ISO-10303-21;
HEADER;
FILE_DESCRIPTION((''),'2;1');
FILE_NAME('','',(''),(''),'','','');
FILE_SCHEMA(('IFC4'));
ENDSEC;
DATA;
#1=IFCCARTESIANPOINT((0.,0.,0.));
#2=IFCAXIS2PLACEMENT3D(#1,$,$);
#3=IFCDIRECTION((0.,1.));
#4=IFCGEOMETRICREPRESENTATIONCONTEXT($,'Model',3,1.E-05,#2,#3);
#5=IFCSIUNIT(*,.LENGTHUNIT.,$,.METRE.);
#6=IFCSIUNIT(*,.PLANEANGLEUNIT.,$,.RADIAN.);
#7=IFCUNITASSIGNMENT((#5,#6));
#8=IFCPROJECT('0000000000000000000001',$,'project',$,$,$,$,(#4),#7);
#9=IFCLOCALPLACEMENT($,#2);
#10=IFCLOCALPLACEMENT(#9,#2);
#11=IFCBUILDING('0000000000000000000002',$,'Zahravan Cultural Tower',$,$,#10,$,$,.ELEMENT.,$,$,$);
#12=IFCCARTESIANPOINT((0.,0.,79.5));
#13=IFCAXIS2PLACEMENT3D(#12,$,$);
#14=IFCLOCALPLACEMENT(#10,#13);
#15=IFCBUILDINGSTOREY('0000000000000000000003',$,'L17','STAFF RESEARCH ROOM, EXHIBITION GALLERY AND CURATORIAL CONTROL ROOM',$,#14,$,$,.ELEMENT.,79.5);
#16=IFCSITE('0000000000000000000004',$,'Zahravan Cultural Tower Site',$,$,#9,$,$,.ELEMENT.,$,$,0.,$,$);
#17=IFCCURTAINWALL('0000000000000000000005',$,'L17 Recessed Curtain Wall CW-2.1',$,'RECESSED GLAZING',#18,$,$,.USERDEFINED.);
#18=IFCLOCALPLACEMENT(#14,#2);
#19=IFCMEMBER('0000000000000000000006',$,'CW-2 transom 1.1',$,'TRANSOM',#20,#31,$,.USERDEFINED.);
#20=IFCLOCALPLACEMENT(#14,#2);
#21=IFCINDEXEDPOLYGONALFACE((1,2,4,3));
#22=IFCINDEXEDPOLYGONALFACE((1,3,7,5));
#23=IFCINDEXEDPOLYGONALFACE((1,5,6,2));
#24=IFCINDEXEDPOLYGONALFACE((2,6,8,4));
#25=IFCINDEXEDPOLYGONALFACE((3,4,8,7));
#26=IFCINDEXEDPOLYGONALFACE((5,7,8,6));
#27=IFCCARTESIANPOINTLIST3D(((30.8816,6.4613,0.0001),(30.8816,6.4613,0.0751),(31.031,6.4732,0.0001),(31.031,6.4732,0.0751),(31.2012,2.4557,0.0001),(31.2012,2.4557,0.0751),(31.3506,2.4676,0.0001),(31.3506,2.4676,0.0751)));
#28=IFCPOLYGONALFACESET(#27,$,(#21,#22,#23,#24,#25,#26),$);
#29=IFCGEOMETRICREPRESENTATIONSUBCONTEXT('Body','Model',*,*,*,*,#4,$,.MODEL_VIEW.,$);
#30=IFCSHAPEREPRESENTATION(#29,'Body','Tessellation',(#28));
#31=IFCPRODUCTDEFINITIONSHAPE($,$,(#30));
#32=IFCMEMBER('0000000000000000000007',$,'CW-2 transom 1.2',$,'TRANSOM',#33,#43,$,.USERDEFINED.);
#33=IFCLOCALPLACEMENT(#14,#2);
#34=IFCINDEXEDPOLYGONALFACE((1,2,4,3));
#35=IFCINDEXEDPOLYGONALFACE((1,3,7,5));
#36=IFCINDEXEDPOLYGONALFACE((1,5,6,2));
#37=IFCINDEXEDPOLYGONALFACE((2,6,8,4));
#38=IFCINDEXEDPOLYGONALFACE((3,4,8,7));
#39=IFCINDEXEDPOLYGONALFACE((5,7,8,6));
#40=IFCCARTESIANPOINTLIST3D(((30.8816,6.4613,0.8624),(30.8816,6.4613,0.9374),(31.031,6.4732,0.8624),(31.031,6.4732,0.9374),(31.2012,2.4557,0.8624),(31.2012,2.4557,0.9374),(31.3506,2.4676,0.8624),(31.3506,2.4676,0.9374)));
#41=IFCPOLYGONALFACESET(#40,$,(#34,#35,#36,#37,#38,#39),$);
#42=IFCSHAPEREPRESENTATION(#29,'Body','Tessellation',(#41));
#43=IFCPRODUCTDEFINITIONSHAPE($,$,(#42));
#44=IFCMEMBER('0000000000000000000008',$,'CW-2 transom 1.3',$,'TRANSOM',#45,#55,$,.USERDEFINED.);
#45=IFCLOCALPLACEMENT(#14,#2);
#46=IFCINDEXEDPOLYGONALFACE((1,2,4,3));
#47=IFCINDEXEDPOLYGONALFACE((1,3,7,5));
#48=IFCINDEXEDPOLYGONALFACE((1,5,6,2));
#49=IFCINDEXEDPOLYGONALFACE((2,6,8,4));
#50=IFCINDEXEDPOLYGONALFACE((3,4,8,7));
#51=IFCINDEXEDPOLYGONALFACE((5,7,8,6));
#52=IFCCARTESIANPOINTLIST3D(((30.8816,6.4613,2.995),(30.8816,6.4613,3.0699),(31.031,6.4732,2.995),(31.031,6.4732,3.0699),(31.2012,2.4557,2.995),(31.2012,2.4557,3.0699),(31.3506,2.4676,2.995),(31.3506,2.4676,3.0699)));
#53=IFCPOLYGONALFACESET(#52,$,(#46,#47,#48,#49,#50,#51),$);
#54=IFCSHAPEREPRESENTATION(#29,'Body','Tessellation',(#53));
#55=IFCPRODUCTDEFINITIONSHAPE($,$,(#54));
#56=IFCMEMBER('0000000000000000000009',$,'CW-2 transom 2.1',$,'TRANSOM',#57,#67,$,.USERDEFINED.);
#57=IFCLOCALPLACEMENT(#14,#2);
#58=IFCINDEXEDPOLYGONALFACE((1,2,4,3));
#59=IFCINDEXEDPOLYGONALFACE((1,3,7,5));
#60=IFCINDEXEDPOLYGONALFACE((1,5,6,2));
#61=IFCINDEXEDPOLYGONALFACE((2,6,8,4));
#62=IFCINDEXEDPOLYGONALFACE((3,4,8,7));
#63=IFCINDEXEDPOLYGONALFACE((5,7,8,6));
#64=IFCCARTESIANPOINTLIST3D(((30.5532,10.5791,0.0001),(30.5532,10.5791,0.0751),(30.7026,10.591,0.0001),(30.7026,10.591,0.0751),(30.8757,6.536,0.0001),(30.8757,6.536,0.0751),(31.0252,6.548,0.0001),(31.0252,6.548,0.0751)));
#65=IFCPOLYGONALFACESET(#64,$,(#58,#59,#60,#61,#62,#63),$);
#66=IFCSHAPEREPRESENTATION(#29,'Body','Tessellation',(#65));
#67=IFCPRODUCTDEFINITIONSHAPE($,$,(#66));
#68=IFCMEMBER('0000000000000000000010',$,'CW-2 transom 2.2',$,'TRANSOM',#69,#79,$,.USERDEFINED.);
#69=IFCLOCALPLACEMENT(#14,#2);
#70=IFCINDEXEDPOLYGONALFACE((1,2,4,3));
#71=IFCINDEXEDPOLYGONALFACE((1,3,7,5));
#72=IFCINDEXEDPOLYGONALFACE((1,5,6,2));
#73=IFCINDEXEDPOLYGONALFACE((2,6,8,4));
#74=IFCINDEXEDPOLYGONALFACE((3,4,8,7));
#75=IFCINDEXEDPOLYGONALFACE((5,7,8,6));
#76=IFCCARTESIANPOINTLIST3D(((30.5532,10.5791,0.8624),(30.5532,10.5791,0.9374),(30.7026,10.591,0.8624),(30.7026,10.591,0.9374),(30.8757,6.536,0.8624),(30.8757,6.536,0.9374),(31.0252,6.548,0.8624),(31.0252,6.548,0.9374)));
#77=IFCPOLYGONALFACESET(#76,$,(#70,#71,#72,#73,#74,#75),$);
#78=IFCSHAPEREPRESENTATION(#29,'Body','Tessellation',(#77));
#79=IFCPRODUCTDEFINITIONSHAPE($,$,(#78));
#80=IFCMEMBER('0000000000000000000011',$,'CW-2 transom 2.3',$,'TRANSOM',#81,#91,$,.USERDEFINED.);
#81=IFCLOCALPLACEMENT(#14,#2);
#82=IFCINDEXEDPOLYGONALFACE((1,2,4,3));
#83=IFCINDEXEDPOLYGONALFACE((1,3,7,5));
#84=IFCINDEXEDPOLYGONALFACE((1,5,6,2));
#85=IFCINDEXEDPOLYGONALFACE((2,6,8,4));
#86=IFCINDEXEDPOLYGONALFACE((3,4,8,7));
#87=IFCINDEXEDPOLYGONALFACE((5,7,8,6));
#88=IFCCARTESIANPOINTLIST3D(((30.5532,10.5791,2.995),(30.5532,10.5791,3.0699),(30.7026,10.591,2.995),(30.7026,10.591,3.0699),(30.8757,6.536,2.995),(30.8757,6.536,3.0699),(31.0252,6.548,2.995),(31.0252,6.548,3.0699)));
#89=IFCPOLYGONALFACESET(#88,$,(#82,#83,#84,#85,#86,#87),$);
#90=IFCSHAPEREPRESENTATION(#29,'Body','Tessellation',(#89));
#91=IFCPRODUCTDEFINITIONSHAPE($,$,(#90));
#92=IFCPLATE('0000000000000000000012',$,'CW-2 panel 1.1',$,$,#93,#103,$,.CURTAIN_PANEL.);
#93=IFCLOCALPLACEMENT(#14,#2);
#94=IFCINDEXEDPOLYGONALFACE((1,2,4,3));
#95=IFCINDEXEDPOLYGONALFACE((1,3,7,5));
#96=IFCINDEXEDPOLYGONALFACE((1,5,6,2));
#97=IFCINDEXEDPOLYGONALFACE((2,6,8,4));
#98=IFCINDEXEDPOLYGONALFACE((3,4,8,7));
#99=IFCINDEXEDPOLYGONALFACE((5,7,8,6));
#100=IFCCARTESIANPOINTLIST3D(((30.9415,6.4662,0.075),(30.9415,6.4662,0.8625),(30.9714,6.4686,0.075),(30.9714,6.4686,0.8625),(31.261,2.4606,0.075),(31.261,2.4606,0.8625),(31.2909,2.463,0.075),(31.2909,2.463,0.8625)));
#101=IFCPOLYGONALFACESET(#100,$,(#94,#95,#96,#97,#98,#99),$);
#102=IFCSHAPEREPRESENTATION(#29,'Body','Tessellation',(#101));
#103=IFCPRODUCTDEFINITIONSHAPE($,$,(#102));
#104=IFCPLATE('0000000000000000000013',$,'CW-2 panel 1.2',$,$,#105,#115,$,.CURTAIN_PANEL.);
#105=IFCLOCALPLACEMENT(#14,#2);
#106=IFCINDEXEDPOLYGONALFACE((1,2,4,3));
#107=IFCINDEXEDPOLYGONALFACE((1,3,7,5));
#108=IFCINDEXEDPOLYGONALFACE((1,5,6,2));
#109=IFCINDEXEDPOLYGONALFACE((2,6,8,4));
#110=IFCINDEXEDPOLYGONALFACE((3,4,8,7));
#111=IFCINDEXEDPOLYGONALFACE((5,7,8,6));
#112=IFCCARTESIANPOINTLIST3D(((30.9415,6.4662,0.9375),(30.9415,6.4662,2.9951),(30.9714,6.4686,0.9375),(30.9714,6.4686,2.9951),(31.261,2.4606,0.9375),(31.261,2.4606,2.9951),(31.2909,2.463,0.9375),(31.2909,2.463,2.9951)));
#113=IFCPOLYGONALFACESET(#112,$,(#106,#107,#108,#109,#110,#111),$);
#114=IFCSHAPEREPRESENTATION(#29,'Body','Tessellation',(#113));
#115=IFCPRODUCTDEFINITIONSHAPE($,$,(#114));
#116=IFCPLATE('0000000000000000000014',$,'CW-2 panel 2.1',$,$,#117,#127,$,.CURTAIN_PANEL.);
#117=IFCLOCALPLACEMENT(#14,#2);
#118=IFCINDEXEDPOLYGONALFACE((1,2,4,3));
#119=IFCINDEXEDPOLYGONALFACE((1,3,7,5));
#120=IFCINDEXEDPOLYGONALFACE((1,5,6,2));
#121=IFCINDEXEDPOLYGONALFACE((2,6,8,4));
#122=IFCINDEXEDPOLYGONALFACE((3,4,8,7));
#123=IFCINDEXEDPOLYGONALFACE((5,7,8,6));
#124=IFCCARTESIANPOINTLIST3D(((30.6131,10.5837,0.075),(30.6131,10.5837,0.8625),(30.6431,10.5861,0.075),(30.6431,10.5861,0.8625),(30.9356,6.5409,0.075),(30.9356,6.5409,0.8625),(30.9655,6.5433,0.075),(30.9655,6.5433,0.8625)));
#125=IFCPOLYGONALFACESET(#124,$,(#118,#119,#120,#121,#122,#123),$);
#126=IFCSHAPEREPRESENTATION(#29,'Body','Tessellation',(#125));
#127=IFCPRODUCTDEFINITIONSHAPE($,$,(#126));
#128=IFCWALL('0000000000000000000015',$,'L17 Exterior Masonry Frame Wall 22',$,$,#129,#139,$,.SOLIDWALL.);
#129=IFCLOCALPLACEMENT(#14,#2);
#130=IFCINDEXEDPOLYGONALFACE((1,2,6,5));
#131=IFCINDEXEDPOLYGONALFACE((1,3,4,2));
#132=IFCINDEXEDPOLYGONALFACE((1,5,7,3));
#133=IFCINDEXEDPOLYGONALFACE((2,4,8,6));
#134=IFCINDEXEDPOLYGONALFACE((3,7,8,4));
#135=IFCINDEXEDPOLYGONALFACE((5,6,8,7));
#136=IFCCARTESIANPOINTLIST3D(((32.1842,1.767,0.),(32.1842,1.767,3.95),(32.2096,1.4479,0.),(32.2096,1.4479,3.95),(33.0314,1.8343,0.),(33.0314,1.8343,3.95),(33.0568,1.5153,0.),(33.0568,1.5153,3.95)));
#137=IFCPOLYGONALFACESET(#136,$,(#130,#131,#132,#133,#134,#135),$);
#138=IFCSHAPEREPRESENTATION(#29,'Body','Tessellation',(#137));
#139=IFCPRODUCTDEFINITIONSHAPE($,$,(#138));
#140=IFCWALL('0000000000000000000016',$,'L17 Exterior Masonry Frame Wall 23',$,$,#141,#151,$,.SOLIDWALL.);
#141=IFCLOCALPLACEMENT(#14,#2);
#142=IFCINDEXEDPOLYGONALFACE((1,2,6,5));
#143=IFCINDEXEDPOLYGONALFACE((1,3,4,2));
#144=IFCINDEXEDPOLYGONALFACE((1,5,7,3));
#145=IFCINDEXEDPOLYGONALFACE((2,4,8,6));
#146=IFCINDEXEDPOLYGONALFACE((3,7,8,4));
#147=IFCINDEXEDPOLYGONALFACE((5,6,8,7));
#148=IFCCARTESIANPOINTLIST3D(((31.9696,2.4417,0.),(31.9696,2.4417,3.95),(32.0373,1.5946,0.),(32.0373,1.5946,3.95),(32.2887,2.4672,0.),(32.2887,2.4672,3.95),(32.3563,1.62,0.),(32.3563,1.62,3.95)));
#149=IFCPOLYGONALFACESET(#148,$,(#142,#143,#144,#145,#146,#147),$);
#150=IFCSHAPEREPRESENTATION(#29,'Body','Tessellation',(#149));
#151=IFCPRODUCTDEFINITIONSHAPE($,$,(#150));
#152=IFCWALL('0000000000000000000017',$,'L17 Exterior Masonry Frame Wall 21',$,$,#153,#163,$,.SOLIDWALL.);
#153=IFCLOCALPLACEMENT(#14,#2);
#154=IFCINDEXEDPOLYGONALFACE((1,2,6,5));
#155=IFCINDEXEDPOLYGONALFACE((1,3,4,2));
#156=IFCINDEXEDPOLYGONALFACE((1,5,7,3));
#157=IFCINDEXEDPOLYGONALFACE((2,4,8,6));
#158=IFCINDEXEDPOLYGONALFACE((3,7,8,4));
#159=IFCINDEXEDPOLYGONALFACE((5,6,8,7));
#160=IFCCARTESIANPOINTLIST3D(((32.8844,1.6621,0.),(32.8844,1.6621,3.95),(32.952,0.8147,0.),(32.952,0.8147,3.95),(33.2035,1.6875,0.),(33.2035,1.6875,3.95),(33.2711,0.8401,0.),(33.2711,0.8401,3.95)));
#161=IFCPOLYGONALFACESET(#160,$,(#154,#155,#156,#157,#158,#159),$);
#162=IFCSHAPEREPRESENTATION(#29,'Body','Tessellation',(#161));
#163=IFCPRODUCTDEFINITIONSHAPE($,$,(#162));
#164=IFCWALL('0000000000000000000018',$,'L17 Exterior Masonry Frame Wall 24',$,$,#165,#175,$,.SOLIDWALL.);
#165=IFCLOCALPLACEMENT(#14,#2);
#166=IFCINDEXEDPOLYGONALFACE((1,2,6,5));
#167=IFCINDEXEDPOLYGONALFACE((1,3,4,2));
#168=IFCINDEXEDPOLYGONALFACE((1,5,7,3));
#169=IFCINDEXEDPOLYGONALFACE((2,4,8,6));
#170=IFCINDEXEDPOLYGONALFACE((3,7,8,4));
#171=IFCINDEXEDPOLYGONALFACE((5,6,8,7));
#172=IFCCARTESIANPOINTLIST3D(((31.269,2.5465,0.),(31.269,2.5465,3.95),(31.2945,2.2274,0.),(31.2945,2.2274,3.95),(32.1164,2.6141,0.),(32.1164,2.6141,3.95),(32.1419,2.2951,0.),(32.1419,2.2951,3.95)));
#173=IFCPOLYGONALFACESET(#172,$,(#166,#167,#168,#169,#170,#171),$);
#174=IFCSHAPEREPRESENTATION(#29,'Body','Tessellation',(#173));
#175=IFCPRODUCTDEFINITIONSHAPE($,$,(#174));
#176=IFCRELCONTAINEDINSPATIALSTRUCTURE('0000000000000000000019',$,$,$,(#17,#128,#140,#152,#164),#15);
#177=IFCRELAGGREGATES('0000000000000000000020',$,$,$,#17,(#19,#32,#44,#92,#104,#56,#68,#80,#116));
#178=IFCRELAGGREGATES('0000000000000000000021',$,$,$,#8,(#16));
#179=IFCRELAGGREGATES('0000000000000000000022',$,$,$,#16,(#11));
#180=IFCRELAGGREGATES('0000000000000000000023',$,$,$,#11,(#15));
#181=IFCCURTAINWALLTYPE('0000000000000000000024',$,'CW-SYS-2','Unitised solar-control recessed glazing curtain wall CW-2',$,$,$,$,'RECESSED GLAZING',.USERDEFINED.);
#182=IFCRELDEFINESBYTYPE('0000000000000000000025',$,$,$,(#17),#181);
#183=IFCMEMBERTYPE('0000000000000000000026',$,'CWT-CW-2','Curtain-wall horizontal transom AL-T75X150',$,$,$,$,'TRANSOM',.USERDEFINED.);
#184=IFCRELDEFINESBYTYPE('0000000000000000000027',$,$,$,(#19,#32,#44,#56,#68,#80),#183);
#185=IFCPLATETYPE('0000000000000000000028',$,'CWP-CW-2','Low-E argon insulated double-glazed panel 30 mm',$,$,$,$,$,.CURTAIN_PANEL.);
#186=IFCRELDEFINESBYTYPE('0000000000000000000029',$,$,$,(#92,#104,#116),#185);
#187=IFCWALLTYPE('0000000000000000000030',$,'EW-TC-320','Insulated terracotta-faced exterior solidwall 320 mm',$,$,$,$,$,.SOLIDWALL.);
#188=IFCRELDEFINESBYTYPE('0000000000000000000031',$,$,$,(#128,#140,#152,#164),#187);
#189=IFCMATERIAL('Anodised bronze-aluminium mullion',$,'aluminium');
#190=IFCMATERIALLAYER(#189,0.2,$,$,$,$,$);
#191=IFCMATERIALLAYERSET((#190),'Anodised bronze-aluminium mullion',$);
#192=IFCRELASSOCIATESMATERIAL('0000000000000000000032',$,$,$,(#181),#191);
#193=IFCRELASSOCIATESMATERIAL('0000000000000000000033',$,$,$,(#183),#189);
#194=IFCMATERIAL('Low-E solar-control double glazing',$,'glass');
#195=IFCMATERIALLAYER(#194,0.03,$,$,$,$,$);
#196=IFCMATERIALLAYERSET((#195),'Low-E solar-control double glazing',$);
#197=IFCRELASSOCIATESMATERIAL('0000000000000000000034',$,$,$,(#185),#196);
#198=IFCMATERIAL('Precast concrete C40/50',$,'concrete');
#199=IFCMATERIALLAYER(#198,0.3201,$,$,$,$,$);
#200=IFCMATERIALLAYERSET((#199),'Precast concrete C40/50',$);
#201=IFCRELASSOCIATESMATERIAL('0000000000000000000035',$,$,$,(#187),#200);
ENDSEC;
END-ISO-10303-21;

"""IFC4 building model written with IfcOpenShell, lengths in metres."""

from ifc_helpers import new_model, si_unit, direction, frame, frame_2d, origin, origin_2d, place, context, subcontext, project, spatial, rectangle, extrude, source, transform, mapped, material, layer, layer_set, material_profile, profile_set, type_object, element, aggregate, save


model = new_model("IFC4")

# Units and contexts
model_context = context("Model", 3, precision=1e-05, world=origin(), true_north=direction((0.0, 1.0)))
body_context = subcontext(model_context, "Body", "Model", "MODEL_VIEW")
ifc_project = project(units=[si_unit("LENGTHUNIT", "METRE"), si_unit("PLANEANGLEUNIT", "RADIAN")], contexts=[model_context])

# Site, building, storey
site_placement = place(None, origin())
site = spatial("IfcSite", under=ifc_project, at=site_placement, Name="Zahravan Cultural Tower Site", CompositionType="ELEMENT", RefElevation=0.0)
building_placement = place(site_placement, origin())
building = spatial("IfcBuilding", under=site, at=building_placement, Name="Zahravan Cultural Tower", CompositionType="ELEMENT")
storey_placement = place(building_placement, frame((0.0, 0.0, 79.5)))
storey = spatial("IfcBuildingStorey", under=building, at=storey_placement, Name="L17", Description="STAFF RESEARCH ROOM, EXHIBITION GALLERY AND CURATORIAL CONTROL ROOM", CompositionType="ELEMENT", Elevation=79.5)

# Curtain wall, members, plates
ifc_material_1 = material(Name="Anodised bronze-aluminium mullion", Category="aluminium")
ifc_layer_1 = layer(ifc_material_1, 0.2)
ifc_layer_set_1 = layer_set([ifc_layer_1], Name="Anodised bronze-aluminium mullion")
curtain_wall_type = type_object("IfcCurtainWallType", Name="CW-SYS-2", Description="Unitised solar-control recessed glazing curtain wall CW-2", ElementType="RECESSED GLAZING", PredefinedType="USERDEFINED", material=ifc_layer_set_1)
curtain_wall_placement = place(storey_placement, origin())
curtain_wall = element("IfcCurtainWall", 1, at=curtain_wall_placement, inside=storey, type_object=curtain_wall_type, Name="L17 Recessed Curtain Wall CW-2.1", ObjectType="RECESSED GLAZING", PredefinedType="USERDEFINED")
ifc_material_profile_1 = material_profile(ifc_material_1, rectangle(XDim=0.1499, YDim=0.075, at=origin_2d()), Name="AL-T75X150")
ifc_profile_set_1 = profile_set([ifc_material_profile_1], Name="Anodised bronze-aluminium mullion")
member_type_1 = type_object("IfcMemberType", Name="CWT-CW-2", Description="Curtain-wall horizontal transom AL-T75X150", ElementType="TRANSOM", PredefinedType="USERDEFINED", material=ifc_profile_set_1)
shared_shape_1 = source(origin(), body_context, "Body", "SweptSolid", [
    extrude(rectangle(XDim=0.1499, YDim=0.075, at=origin_2d()), origin(), (0.0, 0.0, 1.0), 4.0183),
])
member_1_placement = place(storey_placement, frame((31.2759, 2.4617, 0.0376), z_axis=(-0.07953, 0.996832, 0.0), x_axis=(-0.996832, -0.07953, 0.0)))
member_1 = element("IfcMember", 2, at=member_1_placement, type_object=member_type_1, Name="CW-2 transom 1.1", ObjectType="TRANSOM", PredefinedType="USERDEFINED", context=body_context, shape_type="MappedRepresentation", body=[
    mapped(shared_shape_1, transform((0.0, 0.0, 0.0), x_axis=(1.0, 0.0, 0.0), y_axis=(0.0, 1.0, 0.0), z_axis=(0.0, 0.0, 1.0), scale=1.0)),
])
member_2_placement = place(storey_placement, frame((31.2759, 2.4617, 0.8999), z_axis=(-0.07953, 0.996832, 0.0), x_axis=(-0.996832, -0.07953, 0.0)))
member_2 = element("IfcMember", 3, at=member_2_placement, type_object=member_type_1, Name="CW-2 transom 1.2", ObjectType="TRANSOM", PredefinedType="USERDEFINED", context=body_context, shape_type="MappedRepresentation", body=[
    mapped(shared_shape_1, transform((0.0, 0.0, 0.0), x_axis=(1.0, 0.0, 0.0), y_axis=(0.0, 1.0, 0.0), z_axis=(0.0, 0.0, 1.0), scale=1.0)),
])
member_3_placement = place(storey_placement, frame((31.2759, 2.4617, 3.0325), z_axis=(-0.07953, 0.996832, 0.0), x_axis=(-0.996832, -0.07953, 0.0)))
member_3 = element("IfcMember", 4, at=member_3_placement, type_object=member_type_1, Name="CW-2 transom 1.3", ObjectType="TRANSOM", PredefinedType="USERDEFINED", context=body_context, shape_type="MappedRepresentation", body=[
    mapped(shared_shape_1, transform((0.0, 0.0, 0.0), x_axis=(1.0, 0.0, 0.0), y_axis=(0.0, 1.0, 0.0), z_axis=(0.0, 0.0, 1.0), scale=1.0)),
])
shared_shape_2 = source(origin(), body_context, "Body", "SweptSolid", [
    extrude(rectangle(XDim=0.1499, YDim=0.075, at=origin_2d()), origin(), (0.0, 0.0, 1.0), 4.0559),
])
member_4_placement = place(storey_placement, frame((30.9504, 6.542, 0.0376), z_axis=(-0.079518, 0.996833, 0.0), x_axis=(-0.996833, -0.079518, 0.0)))
member_4 = element("IfcMember", 5, at=member_4_placement, type_object=member_type_1, Name="CW-2 transom 2.1", ObjectType="TRANSOM", PredefinedType="USERDEFINED", context=body_context, shape_type="MappedRepresentation", body=[
    mapped(shared_shape_2, transform((0.0, 0.0, 0.0), x_axis=(1.0, 0.0, 0.0), y_axis=(0.0, 1.0, 0.0), z_axis=(0.0, 0.0, 1.0), scale=1.0)),
])
member_5_placement = place(storey_placement, frame((30.9504, 6.542, 0.8999), z_axis=(-0.079518, 0.996833, 0.0), x_axis=(-0.996833, -0.079518, 0.0)))
member_5 = element("IfcMember", 6, at=member_5_placement, type_object=member_type_1, Name="CW-2 transom 2.2", ObjectType="TRANSOM", PredefinedType="USERDEFINED", context=body_context, shape_type="MappedRepresentation", body=[
    mapped(shared_shape_2, transform((0.0, 0.0, 0.0), x_axis=(1.0, 0.0, 0.0), y_axis=(0.0, 1.0, 0.0), z_axis=(0.0, 0.0, 1.0), scale=1.0)),
])
member_6_placement = place(storey_placement, frame((30.9504, 6.542, 3.0325), z_axis=(-0.079518, 0.996833, 0.0), x_axis=(-0.996833, -0.079518, 0.0)))
member_6 = element("IfcMember", 7, at=member_6_placement, type_object=member_type_1, Name="CW-2 transom 2.3", ObjectType="TRANSOM", PredefinedType="USERDEFINED", context=body_context, shape_type="MappedRepresentation", body=[
    mapped(shared_shape_2, transform((0.0, 0.0, 0.0), x_axis=(1.0, 0.0, 0.0), y_axis=(0.0, 1.0, 0.0), z_axis=(0.0, 0.0, 1.0), scale=1.0)),
])
ifc_material_2 = material(Name="Low-E solar-control double glazing", Category="glass")
ifc_layer_2 = layer(ifc_material_2, 0.03)
ifc_layer_set_2 = layer_set([ifc_layer_2], Name="Low-E solar-control double glazing")
plate_type = type_object("IfcPlateType", Name="CWP-CW-2", Description="Low-E argon insulated double-glazed panel 30 mm", PredefinedType="CURTAIN_PANEL", material=ifc_layer_set_2)
shared_shape_3 = source(origin(), body_context, "Body", "SweptSolid", [
    extrude(rectangle(XDim=4.0183, YDim=0.03, at=origin_2d()), origin(), (0.0, 0.0, 1.0), 0.7876),
])
plate_1_placement = place(storey_placement, frame((31.1162, 4.4646, 0.075), z_axis=(0.0, 0.0, 1.0), x_axis=(-0.079501, 0.996835, 0.0)))
plate_1 = element("IfcPlate", 8, at=plate_1_placement, type_object=plate_type, Name="CW-2 panel 1.1", PredefinedType="CURTAIN_PANEL", context=body_context, shape_type="MappedRepresentation", body=[
    mapped(shared_shape_3, transform((0.0, 0.0, 0.0), x_axis=(1.0, 0.0, 0.0), y_axis=(0.0, 1.0, 0.0), z_axis=(0.0, 0.0, 1.0), scale=1.0)),
])
shared_shape_4 = source(origin(), body_context, "Body", "SweptSolid", [
    extrude(rectangle(XDim=4.0183, YDim=0.03, at=origin_2d()), origin(), (0.0, 0.0, 1.0), 2.0576),
])
plate_2_placement = place(storey_placement, frame((31.1162, 4.4646, 0.9375), z_axis=(0.0, 0.0, 1.0), x_axis=(-0.079501, 0.996835, 0.0)))
plate_2 = element("IfcPlate", 9, at=plate_2_placement, type_object=plate_type, Name="CW-2 panel 1.2", PredefinedType="CURTAIN_PANEL", context=body_context, shape_type="MappedRepresentation", body=[
    mapped(shared_shape_4, transform((0.0, 0.0, 0.0), x_axis=(1.0, 0.0, 0.0), y_axis=(0.0, 1.0, 0.0), z_axis=(0.0, 0.0, 1.0), scale=1.0)),
])
shared_shape_5 = source(origin(), body_context, "Body", "SweptSolid", [
    extrude(rectangle(XDim=4.0557, YDim=0.03, at=origin_2d()), origin(), (0.0, 0.0, 1.0), 0.7876),
])
plate_3_placement = place(storey_placement, frame((30.7893, 8.5635, 0.075), z_axis=(0.0, 0.0, 1.0), x_axis=(-0.079501, 0.996835, 0.0)))
plate_3 = element("IfcPlate", 10, at=plate_3_placement, type_object=plate_type, Name="CW-2 panel 2.1", PredefinedType="CURTAIN_PANEL", context=body_context, shape_type="MappedRepresentation", body=[
    mapped(shared_shape_5, transform((0.0, 0.0, 0.0), x_axis=(1.0, 0.0, 0.0), y_axis=(0.0, 1.0, 0.0), z_axis=(0.0, 0.0, 1.0), scale=1.0)),
])
aggregate(curtain_wall, [member_1, member_2, member_3, plate_1, plate_2, member_4, member_5, member_6, plate_3])

# Walls
ifc_material_3 = material(Name="Precast concrete C40/50", Category="concrete")
ifc_layer_3 = layer(ifc_material_3, 0.3201)
ifc_layer_set_3 = layer_set([ifc_layer_3], Name="Precast concrete C40/50")
wall_type_1 = type_object("IfcWallType", Name="EW-TC-320", Description="Insulated terracotta-faced exterior solidwall 320 mm", PredefinedType="SOLIDWALL", material=ifc_layer_set_3)
shared_shape_6 = source(origin(), body_context, "Body", "SweptSolid", [
    extrude(rectangle(XDim=0.8499, YDim=0.3201, at=frame_2d((0.4248, 0.0))), origin(), (0.0, 0.0, 1.0), 3.95),
])
for number, where, z_axis, x_axis, name in (
    (11, (33.0439, 1.6748, 0.0), (0.0, 0.0, 1.0), (-0.996852, -0.079288, 0.0), "L17 Exterior Masonry Frame Wall 22"),
    (12, (32.1968, 1.6074, 0.0), (0.0, 0.0, 1.0), (-0.079574, 0.996829, 0.0), "L17 Exterior Masonry Frame Wall 23"),
):
    element("IfcWall", number, at=place(storey_placement, frame(where, z_axis=z_axis, x_axis=x_axis)), inside=storey, type_object=wall_type_1, Name=name, PredefinedType="SOLIDWALL", context=body_context, shape_type="MappedRepresentation", body=[
        mapped(shared_shape_6, transform((0.0, 0.0, 0.0), x_axis=(1.0, 0.0, 0.0), y_axis=(0.0, 1.0, 0.0), z_axis=(0.0, 0.0, 1.0), scale=1.0)),
    ])
shared_shape_7 = source(origin(), body_context, "Body", "SweptSolid", [
    extrude(rectangle(XDim=0.8501, YDim=0.3201, at=frame_2d((0.425, 0.0))), origin(), (0.0, 0.0, 1.0), 3.95),
])
for number, where, z_axis, x_axis, name in (
    (13, (33.1116, 0.8274, 0.0), (0.0, 0.0, 1.0), (-0.079551, 0.996831, 0.0), "L17 Exterior Masonry Frame Wall 21"),
    (14, (32.1292, 2.4546, 0.0), (0.0, 0.0, 1.0), (-0.996831, -0.079551, 0.0), "L17 Exterior Masonry Frame Wall 24"),
):
    element("IfcWall", number, at=place(storey_placement, frame(where, z_axis=z_axis, x_axis=x_axis)), inside=storey, type_object=wall_type_1, Name=name, PredefinedType="SOLIDWALL", context=body_context, shape_type="MappedRepresentation", body=[
        mapped(shared_shape_7, transform((0.0, 0.0, 0.0), x_axis=(1.0, 0.0, 0.0), y_axis=(0.0, 1.0, 0.0), z_axis=(0.0, 0.0, 1.0), scale=1.0)),
    ])

save(model, "model.ifc")
